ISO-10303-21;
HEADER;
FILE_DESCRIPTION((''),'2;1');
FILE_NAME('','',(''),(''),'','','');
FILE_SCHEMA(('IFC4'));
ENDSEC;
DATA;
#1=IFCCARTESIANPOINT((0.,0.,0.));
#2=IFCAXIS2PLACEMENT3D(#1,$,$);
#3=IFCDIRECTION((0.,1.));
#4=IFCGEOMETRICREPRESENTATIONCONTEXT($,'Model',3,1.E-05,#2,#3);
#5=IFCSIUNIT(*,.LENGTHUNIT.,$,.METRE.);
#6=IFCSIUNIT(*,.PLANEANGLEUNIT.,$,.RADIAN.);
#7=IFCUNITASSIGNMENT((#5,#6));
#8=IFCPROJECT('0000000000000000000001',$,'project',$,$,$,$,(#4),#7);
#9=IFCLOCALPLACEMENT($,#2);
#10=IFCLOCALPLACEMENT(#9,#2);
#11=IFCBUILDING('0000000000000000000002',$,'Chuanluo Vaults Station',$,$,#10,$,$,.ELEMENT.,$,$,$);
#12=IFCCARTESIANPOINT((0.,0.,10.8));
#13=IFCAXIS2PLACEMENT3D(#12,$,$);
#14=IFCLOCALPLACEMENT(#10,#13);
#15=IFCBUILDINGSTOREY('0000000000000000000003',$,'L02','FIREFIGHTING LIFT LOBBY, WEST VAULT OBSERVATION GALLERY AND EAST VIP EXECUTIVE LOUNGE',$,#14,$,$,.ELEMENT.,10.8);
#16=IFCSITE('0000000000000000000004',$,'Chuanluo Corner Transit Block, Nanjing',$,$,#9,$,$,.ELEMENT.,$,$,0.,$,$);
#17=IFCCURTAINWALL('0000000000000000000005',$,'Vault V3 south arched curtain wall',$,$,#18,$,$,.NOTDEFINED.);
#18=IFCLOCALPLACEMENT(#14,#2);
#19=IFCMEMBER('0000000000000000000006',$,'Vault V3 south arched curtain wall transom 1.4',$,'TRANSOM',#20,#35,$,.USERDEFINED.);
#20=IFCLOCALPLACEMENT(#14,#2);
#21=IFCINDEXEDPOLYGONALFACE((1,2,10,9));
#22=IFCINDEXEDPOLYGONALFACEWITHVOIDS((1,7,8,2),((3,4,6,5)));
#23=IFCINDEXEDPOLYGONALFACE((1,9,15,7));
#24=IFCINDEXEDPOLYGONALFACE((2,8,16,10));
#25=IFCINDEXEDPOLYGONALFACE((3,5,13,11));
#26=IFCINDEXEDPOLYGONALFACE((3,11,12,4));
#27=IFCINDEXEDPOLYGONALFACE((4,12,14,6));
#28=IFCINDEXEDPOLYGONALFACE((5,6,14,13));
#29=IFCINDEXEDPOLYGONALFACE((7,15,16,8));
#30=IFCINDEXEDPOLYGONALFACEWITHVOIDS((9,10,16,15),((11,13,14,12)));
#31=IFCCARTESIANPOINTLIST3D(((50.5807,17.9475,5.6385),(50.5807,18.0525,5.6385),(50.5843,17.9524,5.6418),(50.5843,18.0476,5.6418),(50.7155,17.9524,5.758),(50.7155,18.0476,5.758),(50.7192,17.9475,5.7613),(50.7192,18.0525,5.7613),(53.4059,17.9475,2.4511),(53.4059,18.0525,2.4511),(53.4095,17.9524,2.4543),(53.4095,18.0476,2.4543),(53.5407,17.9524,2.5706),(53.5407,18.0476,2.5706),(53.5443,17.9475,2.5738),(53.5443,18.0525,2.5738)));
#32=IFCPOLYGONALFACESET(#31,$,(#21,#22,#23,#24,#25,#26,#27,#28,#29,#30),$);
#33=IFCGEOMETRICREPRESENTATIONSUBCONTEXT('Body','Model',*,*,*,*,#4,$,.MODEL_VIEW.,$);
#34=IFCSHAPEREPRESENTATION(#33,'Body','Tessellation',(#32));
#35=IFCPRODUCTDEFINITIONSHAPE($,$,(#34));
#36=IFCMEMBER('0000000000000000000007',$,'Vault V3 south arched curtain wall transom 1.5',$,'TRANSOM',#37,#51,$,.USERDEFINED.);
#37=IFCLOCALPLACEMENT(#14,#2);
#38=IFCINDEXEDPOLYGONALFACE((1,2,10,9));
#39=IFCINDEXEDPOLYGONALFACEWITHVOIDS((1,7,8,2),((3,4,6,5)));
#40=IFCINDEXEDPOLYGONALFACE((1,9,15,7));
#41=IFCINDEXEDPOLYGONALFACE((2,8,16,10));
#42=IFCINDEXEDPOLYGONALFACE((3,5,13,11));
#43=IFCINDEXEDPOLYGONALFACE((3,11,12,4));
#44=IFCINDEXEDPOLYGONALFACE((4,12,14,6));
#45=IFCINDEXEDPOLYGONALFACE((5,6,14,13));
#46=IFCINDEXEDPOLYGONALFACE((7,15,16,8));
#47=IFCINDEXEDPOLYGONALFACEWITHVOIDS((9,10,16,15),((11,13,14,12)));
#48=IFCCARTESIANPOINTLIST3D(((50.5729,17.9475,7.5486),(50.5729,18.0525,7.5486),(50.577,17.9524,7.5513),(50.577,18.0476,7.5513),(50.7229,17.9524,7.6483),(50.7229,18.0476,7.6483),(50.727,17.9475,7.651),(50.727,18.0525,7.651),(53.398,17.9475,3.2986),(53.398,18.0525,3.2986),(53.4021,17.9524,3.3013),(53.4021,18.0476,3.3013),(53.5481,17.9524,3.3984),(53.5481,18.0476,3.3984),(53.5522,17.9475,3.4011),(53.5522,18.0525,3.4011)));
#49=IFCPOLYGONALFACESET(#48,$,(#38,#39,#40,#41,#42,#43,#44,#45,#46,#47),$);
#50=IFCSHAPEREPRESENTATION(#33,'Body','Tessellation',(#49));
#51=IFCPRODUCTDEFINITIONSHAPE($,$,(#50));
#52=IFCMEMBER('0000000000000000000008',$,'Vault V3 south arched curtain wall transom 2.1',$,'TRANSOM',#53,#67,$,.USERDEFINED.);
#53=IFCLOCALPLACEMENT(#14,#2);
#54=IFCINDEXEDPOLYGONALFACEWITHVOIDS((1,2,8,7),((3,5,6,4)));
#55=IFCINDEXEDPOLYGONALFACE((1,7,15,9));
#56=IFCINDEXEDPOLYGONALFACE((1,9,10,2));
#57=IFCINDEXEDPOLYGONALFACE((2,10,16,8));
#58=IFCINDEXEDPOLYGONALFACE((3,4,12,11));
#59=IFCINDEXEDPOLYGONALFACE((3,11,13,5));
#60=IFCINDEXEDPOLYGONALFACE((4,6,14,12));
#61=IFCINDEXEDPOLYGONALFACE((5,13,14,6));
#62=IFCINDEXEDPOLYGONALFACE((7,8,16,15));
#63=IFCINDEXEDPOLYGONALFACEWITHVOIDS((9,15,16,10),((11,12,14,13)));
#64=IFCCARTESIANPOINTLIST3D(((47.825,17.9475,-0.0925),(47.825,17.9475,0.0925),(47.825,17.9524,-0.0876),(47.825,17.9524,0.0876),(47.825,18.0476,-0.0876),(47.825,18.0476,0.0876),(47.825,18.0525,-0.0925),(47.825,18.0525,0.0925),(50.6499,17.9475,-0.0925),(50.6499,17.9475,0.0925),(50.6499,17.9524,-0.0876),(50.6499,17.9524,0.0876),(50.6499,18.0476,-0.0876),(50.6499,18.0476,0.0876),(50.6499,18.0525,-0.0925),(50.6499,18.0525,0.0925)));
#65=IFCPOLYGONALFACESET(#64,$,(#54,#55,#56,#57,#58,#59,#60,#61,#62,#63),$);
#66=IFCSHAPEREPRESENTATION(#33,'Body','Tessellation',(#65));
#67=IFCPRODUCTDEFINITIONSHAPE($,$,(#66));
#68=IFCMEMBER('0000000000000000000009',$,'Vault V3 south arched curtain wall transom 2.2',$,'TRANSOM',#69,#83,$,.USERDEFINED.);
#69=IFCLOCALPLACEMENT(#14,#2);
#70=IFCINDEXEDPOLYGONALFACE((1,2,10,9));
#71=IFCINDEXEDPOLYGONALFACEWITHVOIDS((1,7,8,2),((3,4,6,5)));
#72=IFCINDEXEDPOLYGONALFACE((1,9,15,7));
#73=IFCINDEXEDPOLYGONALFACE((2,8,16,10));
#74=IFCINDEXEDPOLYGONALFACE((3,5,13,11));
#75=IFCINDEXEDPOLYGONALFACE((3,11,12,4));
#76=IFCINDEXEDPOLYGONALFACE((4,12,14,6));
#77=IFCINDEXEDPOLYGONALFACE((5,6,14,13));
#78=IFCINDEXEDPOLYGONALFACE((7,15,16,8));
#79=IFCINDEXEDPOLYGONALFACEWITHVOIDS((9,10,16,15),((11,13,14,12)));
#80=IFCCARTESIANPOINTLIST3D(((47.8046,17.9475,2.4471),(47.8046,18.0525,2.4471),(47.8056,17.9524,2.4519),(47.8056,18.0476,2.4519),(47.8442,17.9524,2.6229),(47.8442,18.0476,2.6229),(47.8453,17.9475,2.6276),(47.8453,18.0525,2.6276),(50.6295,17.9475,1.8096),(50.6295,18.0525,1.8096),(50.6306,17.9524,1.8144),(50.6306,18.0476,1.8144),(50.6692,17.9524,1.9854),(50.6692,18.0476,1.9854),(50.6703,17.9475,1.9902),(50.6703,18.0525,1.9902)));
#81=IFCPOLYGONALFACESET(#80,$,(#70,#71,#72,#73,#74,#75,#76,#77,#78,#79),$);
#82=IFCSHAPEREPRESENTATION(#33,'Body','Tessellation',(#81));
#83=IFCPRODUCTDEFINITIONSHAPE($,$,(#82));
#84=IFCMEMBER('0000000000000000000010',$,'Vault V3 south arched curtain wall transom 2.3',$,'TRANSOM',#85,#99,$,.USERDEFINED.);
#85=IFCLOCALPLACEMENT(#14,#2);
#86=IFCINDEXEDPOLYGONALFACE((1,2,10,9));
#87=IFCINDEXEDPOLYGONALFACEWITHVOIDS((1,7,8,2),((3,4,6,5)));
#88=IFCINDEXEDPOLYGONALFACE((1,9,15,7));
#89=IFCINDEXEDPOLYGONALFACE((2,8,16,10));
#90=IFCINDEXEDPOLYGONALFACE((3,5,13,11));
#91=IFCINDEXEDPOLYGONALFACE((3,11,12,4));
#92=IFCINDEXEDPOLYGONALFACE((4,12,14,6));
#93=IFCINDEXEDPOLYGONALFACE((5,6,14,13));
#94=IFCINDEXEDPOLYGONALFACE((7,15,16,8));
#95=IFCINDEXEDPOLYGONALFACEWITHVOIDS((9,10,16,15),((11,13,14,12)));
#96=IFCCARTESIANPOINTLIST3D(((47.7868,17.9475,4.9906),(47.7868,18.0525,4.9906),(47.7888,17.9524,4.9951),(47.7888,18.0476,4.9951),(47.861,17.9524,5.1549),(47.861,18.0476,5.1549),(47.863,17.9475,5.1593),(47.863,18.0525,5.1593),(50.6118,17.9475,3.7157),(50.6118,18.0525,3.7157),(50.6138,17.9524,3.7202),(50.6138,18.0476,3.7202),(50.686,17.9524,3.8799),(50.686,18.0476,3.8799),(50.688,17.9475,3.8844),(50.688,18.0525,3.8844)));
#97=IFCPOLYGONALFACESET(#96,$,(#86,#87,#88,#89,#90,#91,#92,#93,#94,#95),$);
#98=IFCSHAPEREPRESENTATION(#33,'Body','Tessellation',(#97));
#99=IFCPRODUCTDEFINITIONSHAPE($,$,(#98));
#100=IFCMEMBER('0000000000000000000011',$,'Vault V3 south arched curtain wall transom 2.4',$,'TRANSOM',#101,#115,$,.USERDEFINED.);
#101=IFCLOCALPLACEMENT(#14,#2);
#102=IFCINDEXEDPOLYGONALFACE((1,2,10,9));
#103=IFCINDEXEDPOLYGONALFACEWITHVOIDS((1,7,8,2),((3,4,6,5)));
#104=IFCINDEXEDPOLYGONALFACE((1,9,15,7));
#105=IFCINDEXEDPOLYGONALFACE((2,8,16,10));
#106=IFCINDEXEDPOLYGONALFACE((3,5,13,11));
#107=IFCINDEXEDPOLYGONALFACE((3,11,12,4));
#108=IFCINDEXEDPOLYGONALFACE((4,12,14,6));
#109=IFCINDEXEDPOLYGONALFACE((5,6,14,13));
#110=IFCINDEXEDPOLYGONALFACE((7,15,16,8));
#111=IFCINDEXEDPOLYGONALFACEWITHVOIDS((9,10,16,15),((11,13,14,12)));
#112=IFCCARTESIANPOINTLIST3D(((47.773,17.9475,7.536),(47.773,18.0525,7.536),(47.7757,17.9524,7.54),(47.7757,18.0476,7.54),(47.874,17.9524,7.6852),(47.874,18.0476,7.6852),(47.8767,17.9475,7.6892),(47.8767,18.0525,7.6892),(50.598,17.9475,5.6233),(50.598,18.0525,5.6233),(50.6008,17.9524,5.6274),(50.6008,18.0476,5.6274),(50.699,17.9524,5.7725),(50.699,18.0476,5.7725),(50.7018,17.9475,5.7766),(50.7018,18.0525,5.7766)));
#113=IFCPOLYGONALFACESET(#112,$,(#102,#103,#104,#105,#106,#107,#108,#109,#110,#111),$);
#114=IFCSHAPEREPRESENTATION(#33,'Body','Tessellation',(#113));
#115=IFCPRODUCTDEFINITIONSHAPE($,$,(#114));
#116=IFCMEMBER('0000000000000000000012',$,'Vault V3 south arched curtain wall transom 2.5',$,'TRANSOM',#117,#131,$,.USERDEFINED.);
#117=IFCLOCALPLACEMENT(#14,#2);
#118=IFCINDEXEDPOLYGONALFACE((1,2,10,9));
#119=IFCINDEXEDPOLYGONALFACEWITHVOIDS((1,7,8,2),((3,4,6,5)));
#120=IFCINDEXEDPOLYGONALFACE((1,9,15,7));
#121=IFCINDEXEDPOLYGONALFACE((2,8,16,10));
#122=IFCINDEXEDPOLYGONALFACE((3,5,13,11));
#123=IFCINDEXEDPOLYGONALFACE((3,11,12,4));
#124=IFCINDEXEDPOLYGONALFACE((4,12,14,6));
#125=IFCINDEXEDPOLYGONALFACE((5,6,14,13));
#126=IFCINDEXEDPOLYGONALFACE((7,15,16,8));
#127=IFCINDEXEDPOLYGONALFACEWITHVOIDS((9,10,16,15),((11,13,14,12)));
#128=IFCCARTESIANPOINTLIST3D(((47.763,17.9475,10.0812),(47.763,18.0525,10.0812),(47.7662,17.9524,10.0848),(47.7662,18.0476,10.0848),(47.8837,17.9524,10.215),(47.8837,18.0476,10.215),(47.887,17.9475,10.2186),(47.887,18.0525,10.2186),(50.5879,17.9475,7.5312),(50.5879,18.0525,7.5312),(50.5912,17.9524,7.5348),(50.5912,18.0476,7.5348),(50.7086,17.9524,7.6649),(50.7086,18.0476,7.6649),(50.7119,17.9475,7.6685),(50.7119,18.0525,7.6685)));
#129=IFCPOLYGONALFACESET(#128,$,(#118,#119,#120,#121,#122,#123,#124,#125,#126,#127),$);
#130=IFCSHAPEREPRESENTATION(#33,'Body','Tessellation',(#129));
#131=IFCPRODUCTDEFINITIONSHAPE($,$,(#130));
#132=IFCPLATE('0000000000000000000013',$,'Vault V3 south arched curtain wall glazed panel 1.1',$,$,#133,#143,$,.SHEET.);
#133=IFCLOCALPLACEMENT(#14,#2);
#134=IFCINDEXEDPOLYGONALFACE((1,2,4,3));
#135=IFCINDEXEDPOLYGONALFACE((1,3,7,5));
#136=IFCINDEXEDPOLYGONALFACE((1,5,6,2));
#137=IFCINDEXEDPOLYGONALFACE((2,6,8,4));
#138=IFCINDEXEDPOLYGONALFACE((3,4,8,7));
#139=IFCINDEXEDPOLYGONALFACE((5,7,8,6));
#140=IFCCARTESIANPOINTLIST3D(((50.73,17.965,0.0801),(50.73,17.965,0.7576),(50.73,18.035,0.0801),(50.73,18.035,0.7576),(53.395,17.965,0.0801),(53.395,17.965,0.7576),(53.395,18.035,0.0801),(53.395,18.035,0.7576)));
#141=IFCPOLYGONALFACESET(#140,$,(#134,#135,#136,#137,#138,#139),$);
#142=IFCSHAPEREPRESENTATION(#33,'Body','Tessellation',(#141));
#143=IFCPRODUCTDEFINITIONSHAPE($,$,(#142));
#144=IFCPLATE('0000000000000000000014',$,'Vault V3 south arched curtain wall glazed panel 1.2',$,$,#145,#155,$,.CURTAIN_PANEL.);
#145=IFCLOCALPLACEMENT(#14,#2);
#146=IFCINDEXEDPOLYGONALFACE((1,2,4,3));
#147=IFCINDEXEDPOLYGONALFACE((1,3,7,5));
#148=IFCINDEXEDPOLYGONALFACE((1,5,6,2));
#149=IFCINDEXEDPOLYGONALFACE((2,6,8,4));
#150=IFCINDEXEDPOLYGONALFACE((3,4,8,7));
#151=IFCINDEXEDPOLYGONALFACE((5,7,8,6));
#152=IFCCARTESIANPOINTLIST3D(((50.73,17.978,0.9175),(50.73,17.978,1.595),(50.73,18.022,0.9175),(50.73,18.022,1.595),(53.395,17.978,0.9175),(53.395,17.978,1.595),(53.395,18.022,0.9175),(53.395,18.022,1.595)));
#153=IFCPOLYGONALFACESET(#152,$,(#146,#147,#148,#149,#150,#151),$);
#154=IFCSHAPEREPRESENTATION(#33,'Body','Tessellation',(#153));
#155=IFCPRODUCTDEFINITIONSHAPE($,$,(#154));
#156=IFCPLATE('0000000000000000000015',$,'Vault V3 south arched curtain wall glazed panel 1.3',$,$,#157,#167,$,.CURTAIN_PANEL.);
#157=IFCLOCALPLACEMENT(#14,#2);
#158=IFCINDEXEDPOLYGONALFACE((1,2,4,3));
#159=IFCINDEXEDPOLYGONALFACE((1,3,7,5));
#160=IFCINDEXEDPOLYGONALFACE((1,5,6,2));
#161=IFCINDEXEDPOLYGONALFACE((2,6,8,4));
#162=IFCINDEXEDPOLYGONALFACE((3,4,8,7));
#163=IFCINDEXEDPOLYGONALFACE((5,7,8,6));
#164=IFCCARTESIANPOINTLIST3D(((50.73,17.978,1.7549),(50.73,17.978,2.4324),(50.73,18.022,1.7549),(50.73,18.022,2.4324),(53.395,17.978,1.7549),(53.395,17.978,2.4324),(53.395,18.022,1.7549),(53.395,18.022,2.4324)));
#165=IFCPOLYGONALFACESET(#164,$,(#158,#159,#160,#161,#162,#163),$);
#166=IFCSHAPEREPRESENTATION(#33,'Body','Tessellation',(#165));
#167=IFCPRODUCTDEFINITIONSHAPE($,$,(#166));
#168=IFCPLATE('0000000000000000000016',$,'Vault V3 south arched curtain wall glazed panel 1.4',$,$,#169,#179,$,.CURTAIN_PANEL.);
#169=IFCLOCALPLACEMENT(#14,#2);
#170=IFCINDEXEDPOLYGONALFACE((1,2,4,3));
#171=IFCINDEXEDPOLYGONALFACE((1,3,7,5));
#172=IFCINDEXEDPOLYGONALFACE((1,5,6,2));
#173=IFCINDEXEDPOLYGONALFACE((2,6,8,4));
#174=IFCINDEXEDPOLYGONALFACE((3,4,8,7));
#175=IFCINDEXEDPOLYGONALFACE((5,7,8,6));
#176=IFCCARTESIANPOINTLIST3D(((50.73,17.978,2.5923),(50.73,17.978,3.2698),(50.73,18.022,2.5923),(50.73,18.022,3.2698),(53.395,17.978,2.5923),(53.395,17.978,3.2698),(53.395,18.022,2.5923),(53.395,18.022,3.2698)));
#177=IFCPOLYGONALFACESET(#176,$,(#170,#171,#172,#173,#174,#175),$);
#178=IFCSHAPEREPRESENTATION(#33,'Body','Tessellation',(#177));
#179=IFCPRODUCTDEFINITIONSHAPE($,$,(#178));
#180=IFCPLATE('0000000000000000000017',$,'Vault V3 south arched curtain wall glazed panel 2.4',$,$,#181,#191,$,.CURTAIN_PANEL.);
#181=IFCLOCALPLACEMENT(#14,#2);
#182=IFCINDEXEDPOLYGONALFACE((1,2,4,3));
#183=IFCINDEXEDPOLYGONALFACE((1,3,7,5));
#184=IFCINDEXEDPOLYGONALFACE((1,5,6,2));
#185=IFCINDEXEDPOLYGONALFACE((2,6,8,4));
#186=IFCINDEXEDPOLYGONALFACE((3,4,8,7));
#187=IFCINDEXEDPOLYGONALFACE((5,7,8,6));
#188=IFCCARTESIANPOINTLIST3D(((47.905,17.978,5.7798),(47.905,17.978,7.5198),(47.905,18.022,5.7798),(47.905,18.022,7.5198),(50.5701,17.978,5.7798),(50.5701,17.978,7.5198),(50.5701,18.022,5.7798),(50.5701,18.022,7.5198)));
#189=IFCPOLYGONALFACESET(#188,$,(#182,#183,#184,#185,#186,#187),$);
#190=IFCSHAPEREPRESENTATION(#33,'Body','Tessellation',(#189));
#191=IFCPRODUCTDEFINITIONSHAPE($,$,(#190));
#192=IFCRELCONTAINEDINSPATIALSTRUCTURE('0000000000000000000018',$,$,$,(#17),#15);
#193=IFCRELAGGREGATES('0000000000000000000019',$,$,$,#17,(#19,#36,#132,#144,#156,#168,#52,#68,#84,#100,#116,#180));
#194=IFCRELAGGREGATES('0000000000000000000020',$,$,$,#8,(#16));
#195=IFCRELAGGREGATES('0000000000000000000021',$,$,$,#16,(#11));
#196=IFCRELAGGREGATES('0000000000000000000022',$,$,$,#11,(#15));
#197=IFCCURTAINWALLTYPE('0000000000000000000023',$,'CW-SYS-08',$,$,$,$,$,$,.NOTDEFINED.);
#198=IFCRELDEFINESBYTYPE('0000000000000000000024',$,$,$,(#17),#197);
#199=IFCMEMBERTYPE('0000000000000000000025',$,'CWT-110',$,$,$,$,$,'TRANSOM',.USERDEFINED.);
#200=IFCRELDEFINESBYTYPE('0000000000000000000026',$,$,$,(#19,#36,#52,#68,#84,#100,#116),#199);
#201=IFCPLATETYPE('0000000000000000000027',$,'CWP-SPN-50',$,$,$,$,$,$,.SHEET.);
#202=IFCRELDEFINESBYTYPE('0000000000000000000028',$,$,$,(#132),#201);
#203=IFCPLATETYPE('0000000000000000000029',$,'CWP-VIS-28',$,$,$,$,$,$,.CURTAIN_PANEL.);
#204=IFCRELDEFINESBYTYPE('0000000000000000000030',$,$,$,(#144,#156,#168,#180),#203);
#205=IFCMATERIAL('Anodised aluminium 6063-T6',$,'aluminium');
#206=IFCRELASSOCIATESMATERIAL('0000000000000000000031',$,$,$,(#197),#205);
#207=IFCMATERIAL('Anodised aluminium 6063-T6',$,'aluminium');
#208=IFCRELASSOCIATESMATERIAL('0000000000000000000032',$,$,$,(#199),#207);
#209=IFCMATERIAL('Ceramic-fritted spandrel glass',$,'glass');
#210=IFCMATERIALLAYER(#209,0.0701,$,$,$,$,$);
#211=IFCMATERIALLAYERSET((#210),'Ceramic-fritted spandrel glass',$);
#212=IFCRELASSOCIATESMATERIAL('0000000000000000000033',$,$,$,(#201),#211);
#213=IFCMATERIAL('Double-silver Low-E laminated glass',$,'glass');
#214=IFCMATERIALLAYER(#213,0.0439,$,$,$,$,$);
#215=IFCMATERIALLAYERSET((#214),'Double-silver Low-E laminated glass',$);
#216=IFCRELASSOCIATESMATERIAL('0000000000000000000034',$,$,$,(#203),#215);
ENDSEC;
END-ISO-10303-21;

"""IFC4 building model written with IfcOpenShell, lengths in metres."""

from ifc_helpers import new_model, si_unit, direction, frame, origin, origin_2d, place, context, subcontext, project, spatial, rectangle, hollow_rectangle, extrude, material, layer, layer_set, material_profile, profile_set, type_object, element, aggregate, save


model = new_model("IFC4")

# Units and contexts
model_context = context("Model", 3, precision=1e-05, world=origin(), true_north=direction((0.0, 1.0)))
body_context = subcontext(model_context, "Body", "Model", "MODEL_VIEW")
ifc_project = project(units=[si_unit("LENGTHUNIT", "METRE"), si_unit("PLANEANGLEUNIT", "RADIAN")], contexts=[model_context])

# Site, building, storey
site_placement = place(None, origin())
site = spatial("IfcSite", under=ifc_project, at=site_placement, Name="Chuanluo Corner Transit Block, Nanjing", CompositionType="ELEMENT", RefElevation=0.0)
building_placement = place(site_placement, origin())
building = spatial("IfcBuilding", under=site, at=building_placement, Name="Chuanluo Vaults Station", CompositionType="ELEMENT")
storey_placement = place(building_placement, frame((0.0, 0.0, 10.8)))
storey = spatial("IfcBuildingStorey", under=building, at=storey_placement, Name="L02", Description="FIREFIGHTING LIFT LOBBY, WEST VAULT OBSERVATION GALLERY AND EAST VIP EXECUTIVE LOUNGE", CompositionType="ELEMENT", Elevation=10.8)

# Curtain wall, members, plates
ifc_material_1 = material(Name="Anodised aluminium 6063-T6", Category="aluminium")
curtain_wall_type = type_object("IfcCurtainWallType", Name="CW-SYS-08", PredefinedType="NOTDEFINED", material=ifc_material_1)
curtain_wall_placement = place(storey_placement, origin())
curtain_wall = element("IfcCurtainWall", 1, at=curtain_wall_placement, inside=storey, type_object=curtain_wall_type, Name="Vault V3 south arched curtain wall", PredefinedType="NOTDEFINED")
ifc_material_2 = material(Name="Anodised aluminium 6063-T6", Category="aluminium")
ifc_material_profile_1 = material_profile(ifc_material_2, hollow_rectangle(XDim=0.105, YDim=0.1851, WallThickness=0.0049, at=origin_2d()))
ifc_profile_set_1 = profile_set([ifc_material_profile_1], Name="Anodised aluminium 6063-T6")
member_type_1 = type_object("IfcMemberType", Name="CWT-110", ElementType="TRANSOM", PredefinedType="USERDEFINED", material=ifc_profile_set_1)
member_1_placement = place(storey_placement, frame((53.4751, 18.0, 2.5125), z_axis=(-0.663296, 0.0, 0.748357), x_axis=(0.0, -1.0, 0.0)))
member_1 = element("IfcMember", 2, at=member_1_placement, type_object=member_type_1, Name="Vault V3 south arched curtain wall transom 1.4", ObjectType="TRANSOM", PredefinedType="USERDEFINED", context=body_context, shape_type="SweptSolid", body=[
    extrude(hollow_rectangle(XDim=0.105, YDim=0.1851, WallThickness=0.0049, at=origin_2d()), origin(), (0.0, 0.0, 1.0), 4.2593),
])
member_2_placement = place(storey_placement, frame((53.4751, 18.0, 3.3499), z_axis=(-0.553596, 0.0, 0.832786), x_axis=(0.0, -1.0, 0.0)))
member_2 = element("IfcMember", 3, at=member_2_placement, type_object=member_type_1, Name="Vault V3 south arched curtain wall transom 1.5", ObjectType="TRANSOM", PredefinedType="USERDEFINED", context=body_context, shape_type="SweptSolid", body=[
    extrude(hollow_rectangle(XDim=0.105, YDim=0.1851, WallThickness=0.0049, at=origin_2d()), origin(), (0.0, 0.0, 1.0), 5.1033),
])
member_3_placement = place(storey_placement, frame((50.6499, 18.0, 0.0), z_axis=(-1.0, 0.0, 0.0), x_axis=(0.0, -1.0, 0.0)))
member_3 = element("IfcMember", 4, at=member_3_placement, type_object=member_type_1, Name="Vault V3 south arched curtain wall transom 2.1", ObjectType="TRANSOM", PredefinedType="USERDEFINED", context=body_context, shape_type="SweptSolid", body=[
    extrude(hollow_rectangle(XDim=0.105, YDim=0.1851, WallThickness=0.0049, at=origin_2d()), origin(), (0.0, 0.0, 1.0), 2.825),
])
member_4_placement = place(storey_placement, frame((50.6499, 18.0, 1.8999), z_axis=(-0.975474, 0.0, 0.220116), x_axis=(0.0, -1.0, 0.0)))
member_4 = element("IfcMember", 5, at=member_4_placement, type_object=member_type_1, Name="Vault V3 south arched curtain wall transom 2.2", ObjectType="TRANSOM", PredefinedType="USERDEFINED", context=body_context, shape_type="SweptSolid", body=[
    extrude(hollow_rectangle(XDim=0.105, YDim=0.1851, WallThickness=0.0049, at=origin_2d()), origin(), (0.0, 0.0, 1.0), 2.896),
])
member_5_placement = place(storey_placement, frame((50.6499, 18.0, 3.8), z_axis=(-0.911477, 0.0, 0.41135), x_axis=(0.0, -1.0, 0.0)))
member_5 = element("IfcMember", 6, at=member_5_placement, type_object=member_type_1, Name="Vault V3 south arched curtain wall transom 2.3", ObjectType="TRANSOM", PredefinedType="USERDEFINED", context=body_context, shape_type="SweptSolid", body=[
    extrude(hollow_rectangle(XDim=0.105, YDim=0.1851, WallThickness=0.0049, at=origin_2d()), origin(), (0.0, 0.0, 1.0), 3.0994),
])
member_6_placement = place(storey_placement, frame((50.6499, 18.0, 5.7), z_axis=(-0.828066, 0.0, 0.560631), x_axis=(0.0, -1.0, 0.0)))
member_6 = element("IfcMember", 7, at=member_6_placement, type_object=member_type_1, Name="Vault V3 south arched curtain wall transom 2.4", ObjectType="TRANSOM", PredefinedType="USERDEFINED", context=body_context, shape_type="SweptSolid", body=[
    extrude(hollow_rectangle(XDim=0.105, YDim=0.1851, WallThickness=0.0049, at=origin_2d()), origin(), (0.0, 0.0, 1.0), 3.4116),
])
member_7_placement = place(storey_placement, frame((50.6499, 18.0, 7.5999), z_axis=(-0.742301, 0.0, 0.670066), x_axis=(0.0, -1.0, 0.0)))
member_7 = element("IfcMember", 8, at=member_7_placement, type_object=member_type_1, Name="Vault V3 south arched curtain wall transom 2.5", ObjectType="TRANSOM", PredefinedType="USERDEFINED", context=body_context, shape_type="SweptSolid", body=[
    extrude(hollow_rectangle(XDim=0.105, YDim=0.1851, WallThickness=0.0049, at=origin_2d()), origin(), (0.0, 0.0, 1.0), 3.8057),
])
ifc_material_3 = material(Name="Ceramic-fritted spandrel glass", Category="glass")
ifc_layer_1 = layer(ifc_material_3, 0.0701)
ifc_layer_set_1 = layer_set([ifc_layer_1], Name="Ceramic-fritted spandrel glass")
plate_type_1 = type_object("IfcPlateType", Name="CWP-SPN-50", PredefinedType="SHEET", material=ifc_layer_set_1)
plate_1_placement = place(storey_placement, frame((52.0625, 18.0, 0.0801), z_axis=(0.0, 0.0, 1.0), x_axis=(-1.0, 0.0, 0.0)))
plate_1 = element("IfcPlate", 9, at=plate_1_placement, type_object=plate_type_1, Name="Vault V3 south arched curtain wall glazed panel 1.1", PredefinedType="SHEET", context=body_context, shape_type="SweptSolid", body=[
    extrude(rectangle(XDim=2.665, YDim=0.0701, at=origin_2d()), origin(), (0.0, 0.0, 1.0), 0.6775),
])
ifc_material_4 = material(Name="Double-silver Low-E laminated glass", Category="glass")
ifc_layer_2 = layer(ifc_material_4, 0.0439)
ifc_layer_set_2 = layer_set([ifc_layer_2], Name="Double-silver Low-E laminated glass")
plate_type_2 = type_object("IfcPlateType", Name="CWP-VIS-28", PredefinedType="CURTAIN_PANEL", material=ifc_layer_set_2)
plate_2_placement = place(storey_placement, frame((52.0625, 18.0, 0.9175), z_axis=(0.0, 0.0, 1.0), x_axis=(-1.0, 0.0, 0.0)))
plate_2 = element("IfcPlate", 10, at=plate_2_placement, type_object=plate_type_2, Name="Vault V3 south arched curtain wall glazed panel 1.2", PredefinedType="CURTAIN_PANEL", context=body_context, shape_type="SweptSolid", body=[
    extrude(rectangle(XDim=2.665, YDim=0.0439, at=origin_2d()), origin(), (0.0, 0.0, 1.0), 0.6775),
])
plate_3_placement = place(storey_placement, frame((52.0625, 18.0, 1.7549), z_axis=(0.0, 0.0, 1.0), x_axis=(-1.0, 0.0, 0.0)))
plate_3 = element("IfcPlate", 11, at=plate_3_placement, type_object=plate_type_2, Name="Vault V3 south arched curtain wall glazed panel 1.3", PredefinedType="CURTAIN_PANEL", context=body_context, shape_type="SweptSolid", body=[
    extrude(rectangle(XDim=2.665, YDim=0.0439, at=origin_2d()), origin(), (0.0, 0.0, 1.0), 0.6775),
])
plate_4_placement = place(storey_placement, frame((52.0625, 18.0, 2.5923), z_axis=(0.0, 0.0, 1.0), x_axis=(-1.0, 0.0, 0.0)))
plate_4 = element("IfcPlate", 12, at=plate_4_placement, type_object=plate_type_2, Name="Vault V3 south arched curtain wall glazed panel 1.4", PredefinedType="CURTAIN_PANEL", context=body_context, shape_type="SweptSolid", body=[
    extrude(rectangle(XDim=2.665, YDim=0.0439, at=origin_2d()), origin(), (0.0, 0.0, 1.0), 0.6775),
])
plate_5_placement = place(storey_placement, frame((49.2375, 18.0, 5.7798), z_axis=(0.0, 0.0, 1.0), x_axis=(-1.0, 0.0, 0.0)))
plate_5 = element("IfcPlate", 13, at=plate_5_placement, type_object=plate_type_2, Name="Vault V3 south arched curtain wall glazed panel 2.4", PredefinedType="CURTAIN_PANEL", context=body_context, shape_type="SweptSolid", body=[
    extrude(rectangle(XDim=2.665, YDim=0.0439, at=origin_2d()), origin(), (0.0, 0.0, 1.0), 1.74),
])
aggregate(curtain_wall, [member_1, member_2, plate_1, plate_2, plate_3, plate_4, member_3, member_4, member_5, member_6, member_7, plate_5])

save(model, "model.ifc")
